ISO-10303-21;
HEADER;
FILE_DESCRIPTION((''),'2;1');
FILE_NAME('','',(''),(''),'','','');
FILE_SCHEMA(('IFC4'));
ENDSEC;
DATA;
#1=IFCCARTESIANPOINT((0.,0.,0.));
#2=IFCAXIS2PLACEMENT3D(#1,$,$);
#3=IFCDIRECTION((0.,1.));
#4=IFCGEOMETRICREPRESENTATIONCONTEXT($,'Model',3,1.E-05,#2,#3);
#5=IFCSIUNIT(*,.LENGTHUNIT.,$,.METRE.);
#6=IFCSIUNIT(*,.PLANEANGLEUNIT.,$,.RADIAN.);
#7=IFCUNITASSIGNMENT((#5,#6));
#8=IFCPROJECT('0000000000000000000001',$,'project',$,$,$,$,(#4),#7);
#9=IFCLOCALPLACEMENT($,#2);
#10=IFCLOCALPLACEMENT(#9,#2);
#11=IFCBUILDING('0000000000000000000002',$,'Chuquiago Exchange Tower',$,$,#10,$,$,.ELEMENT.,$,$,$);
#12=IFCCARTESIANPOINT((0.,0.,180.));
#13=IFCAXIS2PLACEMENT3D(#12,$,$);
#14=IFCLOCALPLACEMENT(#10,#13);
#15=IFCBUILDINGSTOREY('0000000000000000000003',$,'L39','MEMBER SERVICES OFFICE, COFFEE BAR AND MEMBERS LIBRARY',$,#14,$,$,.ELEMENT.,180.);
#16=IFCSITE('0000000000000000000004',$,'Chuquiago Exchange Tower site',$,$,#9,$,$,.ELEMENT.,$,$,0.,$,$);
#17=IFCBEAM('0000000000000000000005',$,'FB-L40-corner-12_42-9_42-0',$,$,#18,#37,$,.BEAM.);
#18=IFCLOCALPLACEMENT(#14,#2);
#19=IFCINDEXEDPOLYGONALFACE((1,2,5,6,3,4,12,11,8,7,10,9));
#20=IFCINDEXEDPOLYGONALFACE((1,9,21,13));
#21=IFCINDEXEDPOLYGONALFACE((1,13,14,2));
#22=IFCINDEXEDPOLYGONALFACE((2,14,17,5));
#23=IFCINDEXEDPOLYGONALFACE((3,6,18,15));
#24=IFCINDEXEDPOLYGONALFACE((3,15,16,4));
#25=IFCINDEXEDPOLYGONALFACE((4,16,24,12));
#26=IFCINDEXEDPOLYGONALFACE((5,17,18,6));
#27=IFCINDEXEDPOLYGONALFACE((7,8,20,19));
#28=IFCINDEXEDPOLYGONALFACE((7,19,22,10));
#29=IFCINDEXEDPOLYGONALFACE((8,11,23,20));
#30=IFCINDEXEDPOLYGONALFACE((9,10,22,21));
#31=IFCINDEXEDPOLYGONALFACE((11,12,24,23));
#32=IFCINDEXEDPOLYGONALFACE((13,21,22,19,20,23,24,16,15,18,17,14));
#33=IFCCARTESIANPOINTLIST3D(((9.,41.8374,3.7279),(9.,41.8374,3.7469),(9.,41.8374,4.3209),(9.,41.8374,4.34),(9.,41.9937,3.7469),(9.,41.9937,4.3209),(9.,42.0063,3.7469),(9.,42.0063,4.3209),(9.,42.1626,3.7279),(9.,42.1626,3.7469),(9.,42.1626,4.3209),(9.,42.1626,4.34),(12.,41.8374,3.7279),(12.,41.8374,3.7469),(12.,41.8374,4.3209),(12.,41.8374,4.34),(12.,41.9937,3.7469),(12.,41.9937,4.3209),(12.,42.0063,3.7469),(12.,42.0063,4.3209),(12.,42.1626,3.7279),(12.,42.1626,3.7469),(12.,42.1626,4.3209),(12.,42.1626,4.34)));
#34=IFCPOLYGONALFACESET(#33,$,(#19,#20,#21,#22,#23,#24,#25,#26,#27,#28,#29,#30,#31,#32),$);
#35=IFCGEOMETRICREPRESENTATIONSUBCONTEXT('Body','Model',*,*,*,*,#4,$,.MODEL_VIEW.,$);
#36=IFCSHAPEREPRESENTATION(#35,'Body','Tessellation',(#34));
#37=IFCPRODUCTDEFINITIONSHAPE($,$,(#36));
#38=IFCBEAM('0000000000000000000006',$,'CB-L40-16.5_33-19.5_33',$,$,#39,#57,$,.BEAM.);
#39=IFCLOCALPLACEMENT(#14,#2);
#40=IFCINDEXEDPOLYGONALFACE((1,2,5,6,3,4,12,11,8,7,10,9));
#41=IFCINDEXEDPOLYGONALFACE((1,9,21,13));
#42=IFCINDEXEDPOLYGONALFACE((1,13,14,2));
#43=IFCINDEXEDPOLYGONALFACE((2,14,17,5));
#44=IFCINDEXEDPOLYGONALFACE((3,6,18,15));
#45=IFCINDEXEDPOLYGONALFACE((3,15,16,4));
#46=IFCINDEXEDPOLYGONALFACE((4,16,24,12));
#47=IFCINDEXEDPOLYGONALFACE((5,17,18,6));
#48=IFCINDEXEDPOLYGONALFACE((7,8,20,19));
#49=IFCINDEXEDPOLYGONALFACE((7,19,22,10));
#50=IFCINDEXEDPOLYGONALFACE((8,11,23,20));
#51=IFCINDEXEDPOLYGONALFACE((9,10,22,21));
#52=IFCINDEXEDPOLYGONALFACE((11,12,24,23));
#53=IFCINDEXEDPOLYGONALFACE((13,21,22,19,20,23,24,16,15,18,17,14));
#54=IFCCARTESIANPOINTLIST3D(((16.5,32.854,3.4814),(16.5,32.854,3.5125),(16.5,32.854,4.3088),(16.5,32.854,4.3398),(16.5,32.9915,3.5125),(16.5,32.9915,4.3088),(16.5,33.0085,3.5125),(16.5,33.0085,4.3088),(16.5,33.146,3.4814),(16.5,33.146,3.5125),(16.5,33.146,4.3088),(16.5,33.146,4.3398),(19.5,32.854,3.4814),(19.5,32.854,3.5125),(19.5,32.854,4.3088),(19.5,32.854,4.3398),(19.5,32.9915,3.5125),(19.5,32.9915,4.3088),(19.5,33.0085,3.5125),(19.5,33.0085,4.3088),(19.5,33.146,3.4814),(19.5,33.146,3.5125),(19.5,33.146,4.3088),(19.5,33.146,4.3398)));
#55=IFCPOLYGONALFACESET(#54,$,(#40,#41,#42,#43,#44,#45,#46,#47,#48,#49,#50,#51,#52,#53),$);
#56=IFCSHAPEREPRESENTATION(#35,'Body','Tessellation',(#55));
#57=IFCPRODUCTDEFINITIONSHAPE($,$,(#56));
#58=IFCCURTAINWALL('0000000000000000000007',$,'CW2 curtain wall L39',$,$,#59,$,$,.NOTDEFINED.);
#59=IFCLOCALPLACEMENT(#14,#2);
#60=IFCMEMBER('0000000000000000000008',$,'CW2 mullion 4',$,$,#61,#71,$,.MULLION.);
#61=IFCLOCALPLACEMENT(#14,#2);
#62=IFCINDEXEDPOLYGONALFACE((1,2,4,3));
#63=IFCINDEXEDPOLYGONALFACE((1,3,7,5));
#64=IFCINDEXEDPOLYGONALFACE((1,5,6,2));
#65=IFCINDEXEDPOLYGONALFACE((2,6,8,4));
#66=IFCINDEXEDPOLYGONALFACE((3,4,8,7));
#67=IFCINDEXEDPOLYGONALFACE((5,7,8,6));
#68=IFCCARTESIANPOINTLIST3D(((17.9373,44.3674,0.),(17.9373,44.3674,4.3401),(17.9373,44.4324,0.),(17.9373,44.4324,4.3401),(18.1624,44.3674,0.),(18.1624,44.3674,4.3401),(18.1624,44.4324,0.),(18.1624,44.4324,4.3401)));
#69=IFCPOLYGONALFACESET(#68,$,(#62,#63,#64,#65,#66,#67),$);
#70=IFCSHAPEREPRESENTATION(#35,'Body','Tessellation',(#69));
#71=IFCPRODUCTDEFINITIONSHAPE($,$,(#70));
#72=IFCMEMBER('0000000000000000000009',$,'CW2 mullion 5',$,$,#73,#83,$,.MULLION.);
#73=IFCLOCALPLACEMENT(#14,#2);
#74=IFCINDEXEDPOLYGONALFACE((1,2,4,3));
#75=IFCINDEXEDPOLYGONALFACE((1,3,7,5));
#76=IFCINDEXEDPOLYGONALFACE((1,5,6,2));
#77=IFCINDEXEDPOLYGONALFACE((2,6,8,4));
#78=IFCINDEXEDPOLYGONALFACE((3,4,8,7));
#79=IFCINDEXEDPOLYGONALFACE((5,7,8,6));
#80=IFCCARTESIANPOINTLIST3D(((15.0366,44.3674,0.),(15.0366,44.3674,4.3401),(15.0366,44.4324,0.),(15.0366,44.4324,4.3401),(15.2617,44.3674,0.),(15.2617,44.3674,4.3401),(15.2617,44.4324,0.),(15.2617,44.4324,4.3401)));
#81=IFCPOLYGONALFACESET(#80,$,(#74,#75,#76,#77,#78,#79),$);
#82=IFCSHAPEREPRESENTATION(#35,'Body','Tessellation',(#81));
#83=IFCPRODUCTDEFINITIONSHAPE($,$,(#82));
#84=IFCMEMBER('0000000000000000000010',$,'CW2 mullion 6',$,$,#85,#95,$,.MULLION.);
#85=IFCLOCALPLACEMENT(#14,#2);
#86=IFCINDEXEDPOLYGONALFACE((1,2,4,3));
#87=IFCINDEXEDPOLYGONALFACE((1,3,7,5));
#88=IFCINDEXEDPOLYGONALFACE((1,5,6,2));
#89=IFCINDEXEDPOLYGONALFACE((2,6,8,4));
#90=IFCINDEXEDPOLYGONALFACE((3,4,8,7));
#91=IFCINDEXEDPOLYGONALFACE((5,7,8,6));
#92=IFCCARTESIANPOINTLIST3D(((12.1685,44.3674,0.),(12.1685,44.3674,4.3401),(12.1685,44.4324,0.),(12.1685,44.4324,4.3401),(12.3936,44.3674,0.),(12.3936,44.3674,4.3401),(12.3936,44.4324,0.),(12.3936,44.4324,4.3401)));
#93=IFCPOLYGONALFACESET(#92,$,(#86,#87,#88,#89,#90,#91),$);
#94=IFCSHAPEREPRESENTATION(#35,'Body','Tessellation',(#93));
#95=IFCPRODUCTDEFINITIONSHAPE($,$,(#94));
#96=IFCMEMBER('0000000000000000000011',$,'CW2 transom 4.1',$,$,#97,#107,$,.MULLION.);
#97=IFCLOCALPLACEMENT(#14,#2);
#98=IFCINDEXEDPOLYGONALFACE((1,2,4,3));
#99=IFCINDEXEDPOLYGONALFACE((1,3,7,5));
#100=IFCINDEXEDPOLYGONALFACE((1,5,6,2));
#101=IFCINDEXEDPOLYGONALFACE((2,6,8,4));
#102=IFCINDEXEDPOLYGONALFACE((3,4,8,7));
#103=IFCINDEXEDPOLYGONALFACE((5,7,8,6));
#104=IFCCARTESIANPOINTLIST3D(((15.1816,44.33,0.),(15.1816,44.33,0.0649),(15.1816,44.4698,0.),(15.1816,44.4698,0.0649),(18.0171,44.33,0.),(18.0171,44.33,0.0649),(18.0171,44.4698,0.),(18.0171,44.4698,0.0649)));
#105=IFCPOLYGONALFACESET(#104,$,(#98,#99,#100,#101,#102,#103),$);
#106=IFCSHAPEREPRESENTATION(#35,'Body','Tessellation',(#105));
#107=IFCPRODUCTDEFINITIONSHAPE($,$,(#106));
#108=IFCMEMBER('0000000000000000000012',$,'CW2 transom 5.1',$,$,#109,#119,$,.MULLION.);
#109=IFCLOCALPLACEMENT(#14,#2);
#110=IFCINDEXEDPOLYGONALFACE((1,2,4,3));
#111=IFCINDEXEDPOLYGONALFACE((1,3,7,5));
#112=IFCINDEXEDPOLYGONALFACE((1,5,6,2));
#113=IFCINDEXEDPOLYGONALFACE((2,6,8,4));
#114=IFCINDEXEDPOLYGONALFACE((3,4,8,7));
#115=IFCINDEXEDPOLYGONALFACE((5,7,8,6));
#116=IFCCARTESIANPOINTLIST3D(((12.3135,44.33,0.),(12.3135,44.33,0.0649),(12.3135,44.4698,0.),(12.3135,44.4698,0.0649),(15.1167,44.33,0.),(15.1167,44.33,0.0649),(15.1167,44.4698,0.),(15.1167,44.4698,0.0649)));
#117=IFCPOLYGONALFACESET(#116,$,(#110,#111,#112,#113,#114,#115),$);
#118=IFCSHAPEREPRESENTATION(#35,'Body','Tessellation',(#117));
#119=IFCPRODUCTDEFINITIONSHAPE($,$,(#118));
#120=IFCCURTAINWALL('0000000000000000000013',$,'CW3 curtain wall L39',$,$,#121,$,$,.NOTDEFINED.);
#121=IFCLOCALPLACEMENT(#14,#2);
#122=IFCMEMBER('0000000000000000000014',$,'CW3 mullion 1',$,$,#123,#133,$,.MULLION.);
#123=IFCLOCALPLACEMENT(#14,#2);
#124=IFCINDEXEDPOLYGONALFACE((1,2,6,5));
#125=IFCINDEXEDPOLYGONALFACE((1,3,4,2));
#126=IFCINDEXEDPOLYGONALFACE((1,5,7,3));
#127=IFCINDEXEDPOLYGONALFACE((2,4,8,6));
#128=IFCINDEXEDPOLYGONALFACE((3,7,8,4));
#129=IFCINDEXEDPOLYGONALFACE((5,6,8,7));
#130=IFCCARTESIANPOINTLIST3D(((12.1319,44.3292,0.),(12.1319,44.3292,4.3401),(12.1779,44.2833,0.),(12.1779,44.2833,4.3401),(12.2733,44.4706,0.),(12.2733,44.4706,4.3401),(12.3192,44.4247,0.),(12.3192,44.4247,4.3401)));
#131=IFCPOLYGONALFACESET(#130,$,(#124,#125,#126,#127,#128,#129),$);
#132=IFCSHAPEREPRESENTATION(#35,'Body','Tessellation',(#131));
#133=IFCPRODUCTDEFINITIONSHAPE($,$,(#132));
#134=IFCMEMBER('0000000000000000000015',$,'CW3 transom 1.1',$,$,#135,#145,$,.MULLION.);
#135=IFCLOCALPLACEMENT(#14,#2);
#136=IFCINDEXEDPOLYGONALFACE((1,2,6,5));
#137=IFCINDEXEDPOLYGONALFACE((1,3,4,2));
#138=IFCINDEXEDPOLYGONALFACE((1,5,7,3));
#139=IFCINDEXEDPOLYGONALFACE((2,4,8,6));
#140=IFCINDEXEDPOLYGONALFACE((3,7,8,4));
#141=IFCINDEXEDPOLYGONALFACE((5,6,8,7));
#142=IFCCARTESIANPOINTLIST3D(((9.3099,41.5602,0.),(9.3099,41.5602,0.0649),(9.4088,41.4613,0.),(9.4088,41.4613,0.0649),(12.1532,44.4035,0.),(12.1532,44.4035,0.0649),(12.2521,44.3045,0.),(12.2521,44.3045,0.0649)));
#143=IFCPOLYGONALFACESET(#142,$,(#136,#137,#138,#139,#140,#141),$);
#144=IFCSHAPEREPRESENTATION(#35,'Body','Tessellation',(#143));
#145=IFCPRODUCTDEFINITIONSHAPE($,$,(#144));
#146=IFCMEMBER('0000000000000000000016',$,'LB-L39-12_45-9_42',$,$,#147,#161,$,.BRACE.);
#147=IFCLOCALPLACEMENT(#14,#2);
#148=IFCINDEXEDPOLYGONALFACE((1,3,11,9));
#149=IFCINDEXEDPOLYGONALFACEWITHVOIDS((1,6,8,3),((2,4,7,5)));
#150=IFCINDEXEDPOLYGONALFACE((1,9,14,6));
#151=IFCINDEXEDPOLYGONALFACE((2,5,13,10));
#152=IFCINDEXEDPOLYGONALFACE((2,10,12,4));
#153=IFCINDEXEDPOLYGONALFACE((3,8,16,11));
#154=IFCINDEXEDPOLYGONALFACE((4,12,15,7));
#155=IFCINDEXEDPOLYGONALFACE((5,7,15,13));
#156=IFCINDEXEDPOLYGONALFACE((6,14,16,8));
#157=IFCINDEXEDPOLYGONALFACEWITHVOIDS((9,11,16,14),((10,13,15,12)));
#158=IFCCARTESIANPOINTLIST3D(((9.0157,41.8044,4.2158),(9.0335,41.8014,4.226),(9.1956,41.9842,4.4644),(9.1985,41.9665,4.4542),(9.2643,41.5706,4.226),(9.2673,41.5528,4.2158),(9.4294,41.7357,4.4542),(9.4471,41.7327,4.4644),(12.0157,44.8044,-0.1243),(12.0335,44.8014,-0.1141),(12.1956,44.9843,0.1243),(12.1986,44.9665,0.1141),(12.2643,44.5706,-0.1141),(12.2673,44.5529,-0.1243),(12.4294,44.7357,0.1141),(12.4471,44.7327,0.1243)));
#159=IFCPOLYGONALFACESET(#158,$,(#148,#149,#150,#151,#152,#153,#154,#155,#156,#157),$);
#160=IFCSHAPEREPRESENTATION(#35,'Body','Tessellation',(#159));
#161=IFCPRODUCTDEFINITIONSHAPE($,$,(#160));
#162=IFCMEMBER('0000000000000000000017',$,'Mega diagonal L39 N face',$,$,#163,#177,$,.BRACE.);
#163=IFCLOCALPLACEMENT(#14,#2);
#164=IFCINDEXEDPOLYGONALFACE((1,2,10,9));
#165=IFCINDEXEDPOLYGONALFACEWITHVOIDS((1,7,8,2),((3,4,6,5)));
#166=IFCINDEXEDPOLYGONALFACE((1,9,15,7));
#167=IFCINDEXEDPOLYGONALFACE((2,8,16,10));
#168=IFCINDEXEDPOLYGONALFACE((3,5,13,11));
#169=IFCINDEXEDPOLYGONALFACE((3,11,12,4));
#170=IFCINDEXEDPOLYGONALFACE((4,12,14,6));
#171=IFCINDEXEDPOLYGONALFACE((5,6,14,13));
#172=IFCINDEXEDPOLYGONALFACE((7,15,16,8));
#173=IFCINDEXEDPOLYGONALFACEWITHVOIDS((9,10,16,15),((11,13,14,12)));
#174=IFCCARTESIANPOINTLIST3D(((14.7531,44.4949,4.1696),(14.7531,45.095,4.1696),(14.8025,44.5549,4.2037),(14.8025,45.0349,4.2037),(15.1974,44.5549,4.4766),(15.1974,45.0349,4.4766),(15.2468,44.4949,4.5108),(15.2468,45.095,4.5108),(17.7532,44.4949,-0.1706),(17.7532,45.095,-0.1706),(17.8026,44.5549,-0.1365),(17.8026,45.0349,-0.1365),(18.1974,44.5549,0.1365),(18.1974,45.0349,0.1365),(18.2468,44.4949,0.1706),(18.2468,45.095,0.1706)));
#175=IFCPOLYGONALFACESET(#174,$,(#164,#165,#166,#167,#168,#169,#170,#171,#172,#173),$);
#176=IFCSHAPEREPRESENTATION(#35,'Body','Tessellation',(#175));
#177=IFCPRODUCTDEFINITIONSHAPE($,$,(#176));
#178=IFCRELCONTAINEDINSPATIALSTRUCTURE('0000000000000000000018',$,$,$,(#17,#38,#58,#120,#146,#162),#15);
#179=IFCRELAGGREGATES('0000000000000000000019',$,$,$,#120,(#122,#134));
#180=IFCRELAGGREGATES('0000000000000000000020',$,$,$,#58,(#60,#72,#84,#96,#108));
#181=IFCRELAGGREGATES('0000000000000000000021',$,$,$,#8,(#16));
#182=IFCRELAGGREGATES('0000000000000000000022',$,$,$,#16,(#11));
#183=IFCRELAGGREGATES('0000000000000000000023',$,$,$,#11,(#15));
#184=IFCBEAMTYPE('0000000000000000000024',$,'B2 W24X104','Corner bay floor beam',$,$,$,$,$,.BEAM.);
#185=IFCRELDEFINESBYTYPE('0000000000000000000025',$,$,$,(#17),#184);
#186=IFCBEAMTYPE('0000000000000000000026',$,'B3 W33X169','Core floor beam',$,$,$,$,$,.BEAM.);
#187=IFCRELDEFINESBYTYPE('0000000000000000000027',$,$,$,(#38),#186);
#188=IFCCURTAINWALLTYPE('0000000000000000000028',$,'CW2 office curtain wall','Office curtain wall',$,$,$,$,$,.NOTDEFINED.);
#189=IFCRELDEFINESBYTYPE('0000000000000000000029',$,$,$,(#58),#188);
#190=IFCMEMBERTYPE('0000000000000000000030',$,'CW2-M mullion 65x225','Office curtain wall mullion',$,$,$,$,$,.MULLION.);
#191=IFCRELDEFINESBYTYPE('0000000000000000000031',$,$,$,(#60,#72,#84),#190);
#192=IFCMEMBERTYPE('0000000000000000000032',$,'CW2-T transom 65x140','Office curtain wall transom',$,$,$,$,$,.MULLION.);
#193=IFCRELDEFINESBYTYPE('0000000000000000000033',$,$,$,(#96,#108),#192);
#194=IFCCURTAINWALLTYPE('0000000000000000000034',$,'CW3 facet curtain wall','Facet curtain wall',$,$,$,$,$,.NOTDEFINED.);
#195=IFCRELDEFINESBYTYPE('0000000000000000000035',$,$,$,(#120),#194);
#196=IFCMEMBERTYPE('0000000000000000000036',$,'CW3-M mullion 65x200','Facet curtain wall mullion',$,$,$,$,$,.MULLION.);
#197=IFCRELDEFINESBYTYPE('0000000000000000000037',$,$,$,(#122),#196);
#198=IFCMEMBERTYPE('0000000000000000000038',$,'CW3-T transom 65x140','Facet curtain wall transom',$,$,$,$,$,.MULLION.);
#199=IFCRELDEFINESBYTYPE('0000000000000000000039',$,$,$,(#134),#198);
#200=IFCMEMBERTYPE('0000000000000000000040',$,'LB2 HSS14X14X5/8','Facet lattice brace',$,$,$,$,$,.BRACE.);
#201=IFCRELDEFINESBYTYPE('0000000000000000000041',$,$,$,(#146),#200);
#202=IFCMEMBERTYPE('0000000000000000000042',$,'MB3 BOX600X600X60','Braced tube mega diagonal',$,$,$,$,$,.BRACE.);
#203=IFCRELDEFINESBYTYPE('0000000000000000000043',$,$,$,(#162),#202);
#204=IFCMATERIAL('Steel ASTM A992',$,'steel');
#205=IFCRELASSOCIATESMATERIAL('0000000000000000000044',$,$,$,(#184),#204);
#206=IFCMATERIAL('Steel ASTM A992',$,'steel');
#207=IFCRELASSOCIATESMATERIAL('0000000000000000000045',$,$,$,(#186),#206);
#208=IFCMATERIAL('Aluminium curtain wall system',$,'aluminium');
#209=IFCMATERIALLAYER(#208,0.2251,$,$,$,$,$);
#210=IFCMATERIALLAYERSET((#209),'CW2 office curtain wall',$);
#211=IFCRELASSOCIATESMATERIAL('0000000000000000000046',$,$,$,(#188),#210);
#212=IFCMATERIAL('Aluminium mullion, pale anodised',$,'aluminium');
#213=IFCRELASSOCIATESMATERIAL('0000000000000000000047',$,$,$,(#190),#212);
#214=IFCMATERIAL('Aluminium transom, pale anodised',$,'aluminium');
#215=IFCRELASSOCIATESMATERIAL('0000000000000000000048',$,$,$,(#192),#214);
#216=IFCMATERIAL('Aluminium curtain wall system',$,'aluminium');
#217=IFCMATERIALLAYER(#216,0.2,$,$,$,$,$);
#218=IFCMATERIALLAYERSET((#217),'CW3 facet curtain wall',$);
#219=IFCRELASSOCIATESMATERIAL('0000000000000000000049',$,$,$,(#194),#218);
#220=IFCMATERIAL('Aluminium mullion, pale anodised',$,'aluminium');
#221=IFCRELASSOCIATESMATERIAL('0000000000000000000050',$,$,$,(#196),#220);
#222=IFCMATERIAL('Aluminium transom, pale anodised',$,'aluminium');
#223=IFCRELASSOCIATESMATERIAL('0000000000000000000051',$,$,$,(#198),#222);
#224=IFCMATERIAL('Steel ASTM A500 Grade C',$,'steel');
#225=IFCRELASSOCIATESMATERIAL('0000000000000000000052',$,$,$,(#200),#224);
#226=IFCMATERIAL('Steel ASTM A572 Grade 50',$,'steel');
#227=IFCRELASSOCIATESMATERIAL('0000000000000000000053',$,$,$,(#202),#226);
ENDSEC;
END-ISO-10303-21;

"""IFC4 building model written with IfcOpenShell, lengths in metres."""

from ifc_helpers import new_model, si_unit, direction, frame, origin, origin_2d, place, context, subcontext, project, spatial, rectangle, hollow_rectangle, i_section, extrude, material, layer, layer_set, material_profile, profile_set, type_object, element, aggregate, save


model = new_model("IFC4")

# Units and contexts
model_context = context("Model", 3, precision=1e-05, world=origin(), true_north=direction((0.0, 1.0)))
body_context = subcontext(model_context, "Body", "Model", "MODEL_VIEW")
ifc_project = project(units=[si_unit("LENGTHUNIT", "METRE"), si_unit("PLANEANGLEUNIT", "RADIAN")], contexts=[model_context])

# Site, building, storey
site_placement = place(None, origin())
site = spatial("IfcSite", under=ifc_project, at=site_placement, Name="Chuquiago Exchange Tower site", CompositionType="ELEMENT", RefElevation=0.0)
building_placement = place(site_placement, origin())
building = spatial("IfcBuilding", under=site, at=building_placement, Name="Chuquiago Exchange Tower", CompositionType="ELEMENT")
storey_placement = place(building_placement, frame((0.0, 0.0, 180.0)))
storey = spatial("IfcBuildingStorey", under=building, at=storey_placement, Name="L39", Description="MEMBER SERVICES OFFICE, COFFEE BAR AND MEMBERS LIBRARY", CompositionType="ELEMENT", Elevation=180.0)

# Beams
ifc_material_1 = material(Name="Steel ASTM A992", Category="steel")
ifc_material_profile_1 = material_profile(ifc_material_1, i_section(OverallWidth=0.3252, OverallDepth=0.6121, WebThickness=0.0127, FlangeThickness=0.019, at=origin_2d()), Name="W24X104")
ifc_profile_set_1 = profile_set([ifc_material_profile_1], Name="Steel ASTM A992")
beam_type_1 = type_object("IfcBeamType", Name="B2 W24X104", Description="Corner bay floor beam", PredefinedType="BEAM", material=ifc_profile_set_1)
beam_1_placement = place(storey_placement, frame((12.0, 42.0, 4.0339), z_axis=(-1.0, 0.0, 0.0), x_axis=(0.0, -1.0, 0.0)))
element("IfcBeam", 1, at=beam_1_placement, inside=storey, type_object=beam_type_1, Name="FB-L40-corner-12_42-9_42-0", PredefinedType="BEAM", context=body_context, shape_type="SweptSolid", body=[
    extrude(i_section(OverallWidth=0.3252, OverallDepth=0.6121, WebThickness=0.0127, FlangeThickness=0.019, at=origin_2d()), origin(), (0.0, 0.0, 1.0), 3.0),
])
ifc_material_2 = material(Name="Steel ASTM A992", Category="steel")
ifc_material_profile_2 = material_profile(ifc_material_2, i_section(OverallWidth=0.292, OverallDepth=0.8584, WebThickness=0.0171, FlangeThickness=0.031, at=origin_2d()), Name="W33X169")
ifc_profile_set_2 = profile_set([ifc_material_profile_2], Name="Steel ASTM A992")
beam_type_2 = type_object("IfcBeamType", Name="B3 W33X169", Description="Core floor beam", PredefinedType="BEAM", material=ifc_profile_set_2)
beam_2_placement = place(storey_placement, frame((16.5, 33.0, 3.9106), z_axis=(1.0, 0.0, 0.0), x_axis=(0.0, 1.0, 0.0)))
element("IfcBeam", 2, at=beam_2_placement, inside=storey, type_object=beam_type_2, Name="CB-L40-16.5_33-19.5_33", PredefinedType="BEAM", context=body_context, shape_type="SweptSolid", body=[
    extrude(i_section(OverallWidth=0.292, OverallDepth=0.8584, WebThickness=0.0171, FlangeThickness=0.031, at=origin_2d()), origin(), (0.0, 0.0, 1.0), 3.0),
])

# Curtain walls, members
ifc_material_3 = material(Name="Aluminium curtain wall system", Category="aluminium")
ifc_layer_1 = layer(ifc_material_3, 0.2251)
ifc_layer_set_1 = layer_set([ifc_layer_1], Name="CW2 office curtain wall")
curtain_wall_type_1 = type_object("IfcCurtainWallType", Name="CW2 office curtain wall", Description="Office curtain wall", PredefinedType="NOTDEFINED", material=ifc_layer_set_1)
curtain_wall_1_placement = place(storey_placement, origin())
curtain_wall_1 = element("IfcCurtainWall", 3, at=curtain_wall_1_placement, inside=storey, type_object=curtain_wall_type_1, Name="CW2 curtain wall L39", PredefinedType="NOTDEFINED")
ifc_material_4 = material(Name="Aluminium mullion, pale anodised", Category="aluminium")
ifc_material_profile_3 = material_profile(ifc_material_4, rectangle(XDim=0.0649, YDim=0.2251, at=origin_2d()), Name="AL 65x225")
ifc_profile_set_3 = profile_set([ifc_material_profile_3], Name="Aluminium mullion, pale anodised")
member_type_1 = type_object("IfcMemberType", Name="CW2-M mullion 65x225", Description="Office curtain wall mullion", PredefinedType="MULLION", material=ifc_profile_set_3)
member_1_placement = place(storey_placement, frame((18.0498, 44.3999, 0.0), z_axis=(0.0, 0.0, 1.0), x_axis=(0.0, -1.0, 0.0)))
member_1 = element("IfcMember", 4, at=member_1_placement, type_object=member_type_1, Name="CW2 mullion 4", PredefinedType="MULLION", context=body_context, shape_type="SweptSolid", body=[
    extrude(rectangle(XDim=0.0649, YDim=0.2251, at=origin_2d()), origin(), (0.0, 0.0, 1.0), 4.3401),
])
member_2_placement = place(storey_placement, frame((15.1492, 44.3999, 0.0), z_axis=(0.0, 0.0, 1.0), x_axis=(0.0, -1.0, 0.0)))
member_2 = element("IfcMember", 5, at=member_2_placement, type_object=member_type_1, Name="CW2 mullion 5", PredefinedType="MULLION", context=body_context, shape_type="SweptSolid", body=[
    extrude(rectangle(XDim=0.0649, YDim=0.2251, at=origin_2d()), origin(), (0.0, 0.0, 1.0), 4.3401),
])
member_3_placement = place(storey_placement, frame((12.281, 44.3999, 0.0), z_axis=(0.0, 0.0, 1.0), x_axis=(0.0, -1.0, 0.0)))
member_3 = element("IfcMember", 6, at=member_3_placement, type_object=member_type_1, Name="CW2 mullion 6", PredefinedType="MULLION", context=body_context, shape_type="SweptSolid", body=[
    extrude(rectangle(XDim=0.0649, YDim=0.2251, at=origin_2d()), origin(), (0.0, 0.0, 1.0), 4.3401),
])
ifc_material_5 = material(Name="Aluminium transom, pale anodised", Category="aluminium")
ifc_material_profile_4 = material_profile(ifc_material_5, rectangle(XDim=0.1399, YDim=0.0649, at=origin_2d()), Name="AL 140x65")
ifc_profile_set_4 = profile_set([ifc_material_profile_4], Name="Aluminium transom, pale anodised")
member_type_2 = type_object("IfcMemberType", Name="CW2-T transom 65x140", Description="Office curtain wall transom", PredefinedType="MULLION", material=ifc_profile_set_4)
member_4_placement = place(storey_placement, frame((18.0171, 44.3999, 0.0325), z_axis=(-1.0, 0.0, 0.0), x_axis=(0.0, -1.0, 0.0)))
member_4 = element("IfcMember", 7, at=member_4_placement, type_object=member_type_2, Name="CW2 transom 4.1", PredefinedType="MULLION", context=body_context, shape_type="SweptSolid", body=[
    extrude(rectangle(XDim=0.1399, YDim=0.0649, at=origin_2d()), origin(), (0.0, 0.0, 1.0), 2.8354),
])
member_5_placement = place(storey_placement, frame((15.1167, 44.3999, 0.0325), z_axis=(-1.0, 0.0, 0.0), x_axis=(0.0, -1.0, 0.0)))
member_5 = element("IfcMember", 8, at=member_5_placement, type_object=member_type_2, Name="CW2 transom 5.1", PredefinedType="MULLION", context=body_context, shape_type="SweptSolid", body=[
    extrude(rectangle(XDim=0.1399, YDim=0.0649, at=origin_2d()), origin(), (0.0, 0.0, 1.0), 2.8032),
])
ifc_material_6 = material(Name="Aluminium curtain wall system", Category="aluminium")
ifc_layer_2 = layer(ifc_material_6, 0.2)
ifc_layer_set_2 = layer_set([ifc_layer_2], Name="CW3 facet curtain wall")
curtain_wall_type_2 = type_object("IfcCurtainWallType", Name="CW3 facet curtain wall", Description="Facet curtain wall", PredefinedType="NOTDEFINED", material=ifc_layer_set_2)
curtain_wall_2_placement = place(storey_placement, origin())
curtain_wall_2 = element("IfcCurtainWall", 9, at=curtain_wall_2_placement, inside=storey, type_object=curtain_wall_type_2, Name="CW3 curtain wall L39", PredefinedType="NOTDEFINED")
ifc_material_7 = material(Name="Aluminium mullion, pale anodised", Category="aluminium")
ifc_material_profile_5 = material_profile(ifc_material_7, rectangle(XDim=0.0649, YDim=0.2, at=origin_2d()), Name="AL 65x200")
ifc_profile_set_5 = profile_set([ifc_material_profile_5], Name="Aluminium mullion, pale anodised")
member_type_3 = type_object("IfcMemberType", Name="CW3-M mullion 65x200", Description="Facet curtain wall mullion", PredefinedType="MULLION", material=ifc_profile_set_5)
member_6_placement = place(storey_placement, frame((12.2256, 44.377, 0.0), z_axis=(0.0, 0.0, 1.0), x_axis=(0.707107, -0.707107, 0.0)))
member_6 = element("IfcMember", 10, at=member_6_placement, type_object=member_type_3, Name="CW3 mullion 1", PredefinedType="MULLION", context=body_context, shape_type="SweptSolid", body=[
    extrude(rectangle(XDim=0.0649, YDim=0.2, at=origin_2d()), origin(), (0.0, 0.0, 1.0), 4.3401),
])
ifc_material_8 = material(Name="Aluminium transom, pale anodised", Category="aluminium")
ifc_material_profile_6 = material_profile(ifc_material_8, rectangle(XDim=0.1399, YDim=0.0649, at=origin_2d()), Name="AL 140x65")
ifc_profile_set_6 = profile_set([ifc_material_profile_6], Name="Aluminium transom, pale anodised")
member_type_4 = type_object("IfcMemberType", Name="CW3-T transom 65x140", Description="Facet curtain wall transom", PredefinedType="MULLION", material=ifc_profile_set_6)
member_7_placement = place(storey_placement, frame((12.2026, 44.354, 0.0325), z_axis=(-0.707107, -0.707107, 0.0), x_axis=(0.707107, -0.707107, 0.0)))
member_7 = element("IfcMember", 11, at=member_7_placement, type_object=member_type_4, Name="CW3 transom 1.1", PredefinedType="MULLION", context=body_context, shape_type="SweptSolid", body=[
    extrude(rectangle(XDim=0.1399, YDim=0.0649, at=origin_2d()), origin(), (0.0, 0.0, 1.0), 4.021),
])
aggregate(curtain_wall_2, [member_6, member_7])

# Members
ifc_material_9 = material(Name="Steel ASTM A500 Grade C", Category="steel")
ifc_material_profile_7 = material_profile(ifc_material_9, hollow_rectangle(XDim=0.3557, YDim=0.3557, WallThickness=0.0146, at=origin_2d()), Name="HSS14X14X5/8")
ifc_profile_set_7 = profile_set([ifc_material_profile_7], Name="Steel ASTM A500 Grade C")
member_type_5 = type_object("IfcMemberType", Name="LB2 HSS14X14X5/8", Description="Facet lattice brace", PredefinedType="BRACE", material=ifc_profile_set_7)
member_8_placement = place(storey_placement, frame((12.2314, 44.7686, 0.0), z_axis=(-0.494291, -0.494291, 0.715089), x_axis=(0.707107, -0.707107, 0.0)))
element("IfcMember", 12, at=member_8_placement, inside=storey, type_object=member_type_5, Name="LB-L39-12_45-9_42", PredefinedType="BRACE", context=body_context, shape_type="SweptSolid", body=[
    extrude(hollow_rectangle(XDim=0.3557, YDim=0.3557, WallThickness=0.0146, at=origin_2d()), origin(), (0.0, 0.0, 1.0), 6.0693),
])
ifc_material_10 = material(Name="Steel ASTM A572 Grade 50", Category="steel")
ifc_material_profile_8 = material_profile(ifc_material_10, hollow_rectangle(XDim=0.6001, YDim=0.6001, WallThickness=0.0601, at=origin_2d()), Name="BOX600X600X60")
ifc_profile_set_8 = profile_set([ifc_material_profile_8], Name="Steel ASTM A572 Grade 50")
member_type_6 = type_object("IfcMemberType", Name="MB3 BOX600X600X60", Description="Braced tube mega diagonal", PredefinedType="BRACE", material=ifc_profile_set_8)
for number, where, z_axis, x_axis, name in (
    (13, (18.0, 44.7949, 0.0), (-0.568611, 0.0, 0.822607), (0.0, -1.0, 0.0), "Mega diagonal L39 N face"),
):
    element("IfcMember", number, at=place(storey_placement, frame(where, z_axis=z_axis, x_axis=x_axis)), inside=storey, type_object=member_type_6, Name=name, PredefinedType="BRACE", context=body_context, shape_type="SweptSolid", body=[
        extrude(hollow_rectangle(XDim=0.6001, YDim=0.6001, WallThickness=0.0601, at=origin_2d()), origin(), (0.0, 0.0, 1.0), 5.2761),
    ])

aggregate(curtain_wall_1, [member_1, member_2, member_3, member_4, member_5])

save(model, "model.ifc")
